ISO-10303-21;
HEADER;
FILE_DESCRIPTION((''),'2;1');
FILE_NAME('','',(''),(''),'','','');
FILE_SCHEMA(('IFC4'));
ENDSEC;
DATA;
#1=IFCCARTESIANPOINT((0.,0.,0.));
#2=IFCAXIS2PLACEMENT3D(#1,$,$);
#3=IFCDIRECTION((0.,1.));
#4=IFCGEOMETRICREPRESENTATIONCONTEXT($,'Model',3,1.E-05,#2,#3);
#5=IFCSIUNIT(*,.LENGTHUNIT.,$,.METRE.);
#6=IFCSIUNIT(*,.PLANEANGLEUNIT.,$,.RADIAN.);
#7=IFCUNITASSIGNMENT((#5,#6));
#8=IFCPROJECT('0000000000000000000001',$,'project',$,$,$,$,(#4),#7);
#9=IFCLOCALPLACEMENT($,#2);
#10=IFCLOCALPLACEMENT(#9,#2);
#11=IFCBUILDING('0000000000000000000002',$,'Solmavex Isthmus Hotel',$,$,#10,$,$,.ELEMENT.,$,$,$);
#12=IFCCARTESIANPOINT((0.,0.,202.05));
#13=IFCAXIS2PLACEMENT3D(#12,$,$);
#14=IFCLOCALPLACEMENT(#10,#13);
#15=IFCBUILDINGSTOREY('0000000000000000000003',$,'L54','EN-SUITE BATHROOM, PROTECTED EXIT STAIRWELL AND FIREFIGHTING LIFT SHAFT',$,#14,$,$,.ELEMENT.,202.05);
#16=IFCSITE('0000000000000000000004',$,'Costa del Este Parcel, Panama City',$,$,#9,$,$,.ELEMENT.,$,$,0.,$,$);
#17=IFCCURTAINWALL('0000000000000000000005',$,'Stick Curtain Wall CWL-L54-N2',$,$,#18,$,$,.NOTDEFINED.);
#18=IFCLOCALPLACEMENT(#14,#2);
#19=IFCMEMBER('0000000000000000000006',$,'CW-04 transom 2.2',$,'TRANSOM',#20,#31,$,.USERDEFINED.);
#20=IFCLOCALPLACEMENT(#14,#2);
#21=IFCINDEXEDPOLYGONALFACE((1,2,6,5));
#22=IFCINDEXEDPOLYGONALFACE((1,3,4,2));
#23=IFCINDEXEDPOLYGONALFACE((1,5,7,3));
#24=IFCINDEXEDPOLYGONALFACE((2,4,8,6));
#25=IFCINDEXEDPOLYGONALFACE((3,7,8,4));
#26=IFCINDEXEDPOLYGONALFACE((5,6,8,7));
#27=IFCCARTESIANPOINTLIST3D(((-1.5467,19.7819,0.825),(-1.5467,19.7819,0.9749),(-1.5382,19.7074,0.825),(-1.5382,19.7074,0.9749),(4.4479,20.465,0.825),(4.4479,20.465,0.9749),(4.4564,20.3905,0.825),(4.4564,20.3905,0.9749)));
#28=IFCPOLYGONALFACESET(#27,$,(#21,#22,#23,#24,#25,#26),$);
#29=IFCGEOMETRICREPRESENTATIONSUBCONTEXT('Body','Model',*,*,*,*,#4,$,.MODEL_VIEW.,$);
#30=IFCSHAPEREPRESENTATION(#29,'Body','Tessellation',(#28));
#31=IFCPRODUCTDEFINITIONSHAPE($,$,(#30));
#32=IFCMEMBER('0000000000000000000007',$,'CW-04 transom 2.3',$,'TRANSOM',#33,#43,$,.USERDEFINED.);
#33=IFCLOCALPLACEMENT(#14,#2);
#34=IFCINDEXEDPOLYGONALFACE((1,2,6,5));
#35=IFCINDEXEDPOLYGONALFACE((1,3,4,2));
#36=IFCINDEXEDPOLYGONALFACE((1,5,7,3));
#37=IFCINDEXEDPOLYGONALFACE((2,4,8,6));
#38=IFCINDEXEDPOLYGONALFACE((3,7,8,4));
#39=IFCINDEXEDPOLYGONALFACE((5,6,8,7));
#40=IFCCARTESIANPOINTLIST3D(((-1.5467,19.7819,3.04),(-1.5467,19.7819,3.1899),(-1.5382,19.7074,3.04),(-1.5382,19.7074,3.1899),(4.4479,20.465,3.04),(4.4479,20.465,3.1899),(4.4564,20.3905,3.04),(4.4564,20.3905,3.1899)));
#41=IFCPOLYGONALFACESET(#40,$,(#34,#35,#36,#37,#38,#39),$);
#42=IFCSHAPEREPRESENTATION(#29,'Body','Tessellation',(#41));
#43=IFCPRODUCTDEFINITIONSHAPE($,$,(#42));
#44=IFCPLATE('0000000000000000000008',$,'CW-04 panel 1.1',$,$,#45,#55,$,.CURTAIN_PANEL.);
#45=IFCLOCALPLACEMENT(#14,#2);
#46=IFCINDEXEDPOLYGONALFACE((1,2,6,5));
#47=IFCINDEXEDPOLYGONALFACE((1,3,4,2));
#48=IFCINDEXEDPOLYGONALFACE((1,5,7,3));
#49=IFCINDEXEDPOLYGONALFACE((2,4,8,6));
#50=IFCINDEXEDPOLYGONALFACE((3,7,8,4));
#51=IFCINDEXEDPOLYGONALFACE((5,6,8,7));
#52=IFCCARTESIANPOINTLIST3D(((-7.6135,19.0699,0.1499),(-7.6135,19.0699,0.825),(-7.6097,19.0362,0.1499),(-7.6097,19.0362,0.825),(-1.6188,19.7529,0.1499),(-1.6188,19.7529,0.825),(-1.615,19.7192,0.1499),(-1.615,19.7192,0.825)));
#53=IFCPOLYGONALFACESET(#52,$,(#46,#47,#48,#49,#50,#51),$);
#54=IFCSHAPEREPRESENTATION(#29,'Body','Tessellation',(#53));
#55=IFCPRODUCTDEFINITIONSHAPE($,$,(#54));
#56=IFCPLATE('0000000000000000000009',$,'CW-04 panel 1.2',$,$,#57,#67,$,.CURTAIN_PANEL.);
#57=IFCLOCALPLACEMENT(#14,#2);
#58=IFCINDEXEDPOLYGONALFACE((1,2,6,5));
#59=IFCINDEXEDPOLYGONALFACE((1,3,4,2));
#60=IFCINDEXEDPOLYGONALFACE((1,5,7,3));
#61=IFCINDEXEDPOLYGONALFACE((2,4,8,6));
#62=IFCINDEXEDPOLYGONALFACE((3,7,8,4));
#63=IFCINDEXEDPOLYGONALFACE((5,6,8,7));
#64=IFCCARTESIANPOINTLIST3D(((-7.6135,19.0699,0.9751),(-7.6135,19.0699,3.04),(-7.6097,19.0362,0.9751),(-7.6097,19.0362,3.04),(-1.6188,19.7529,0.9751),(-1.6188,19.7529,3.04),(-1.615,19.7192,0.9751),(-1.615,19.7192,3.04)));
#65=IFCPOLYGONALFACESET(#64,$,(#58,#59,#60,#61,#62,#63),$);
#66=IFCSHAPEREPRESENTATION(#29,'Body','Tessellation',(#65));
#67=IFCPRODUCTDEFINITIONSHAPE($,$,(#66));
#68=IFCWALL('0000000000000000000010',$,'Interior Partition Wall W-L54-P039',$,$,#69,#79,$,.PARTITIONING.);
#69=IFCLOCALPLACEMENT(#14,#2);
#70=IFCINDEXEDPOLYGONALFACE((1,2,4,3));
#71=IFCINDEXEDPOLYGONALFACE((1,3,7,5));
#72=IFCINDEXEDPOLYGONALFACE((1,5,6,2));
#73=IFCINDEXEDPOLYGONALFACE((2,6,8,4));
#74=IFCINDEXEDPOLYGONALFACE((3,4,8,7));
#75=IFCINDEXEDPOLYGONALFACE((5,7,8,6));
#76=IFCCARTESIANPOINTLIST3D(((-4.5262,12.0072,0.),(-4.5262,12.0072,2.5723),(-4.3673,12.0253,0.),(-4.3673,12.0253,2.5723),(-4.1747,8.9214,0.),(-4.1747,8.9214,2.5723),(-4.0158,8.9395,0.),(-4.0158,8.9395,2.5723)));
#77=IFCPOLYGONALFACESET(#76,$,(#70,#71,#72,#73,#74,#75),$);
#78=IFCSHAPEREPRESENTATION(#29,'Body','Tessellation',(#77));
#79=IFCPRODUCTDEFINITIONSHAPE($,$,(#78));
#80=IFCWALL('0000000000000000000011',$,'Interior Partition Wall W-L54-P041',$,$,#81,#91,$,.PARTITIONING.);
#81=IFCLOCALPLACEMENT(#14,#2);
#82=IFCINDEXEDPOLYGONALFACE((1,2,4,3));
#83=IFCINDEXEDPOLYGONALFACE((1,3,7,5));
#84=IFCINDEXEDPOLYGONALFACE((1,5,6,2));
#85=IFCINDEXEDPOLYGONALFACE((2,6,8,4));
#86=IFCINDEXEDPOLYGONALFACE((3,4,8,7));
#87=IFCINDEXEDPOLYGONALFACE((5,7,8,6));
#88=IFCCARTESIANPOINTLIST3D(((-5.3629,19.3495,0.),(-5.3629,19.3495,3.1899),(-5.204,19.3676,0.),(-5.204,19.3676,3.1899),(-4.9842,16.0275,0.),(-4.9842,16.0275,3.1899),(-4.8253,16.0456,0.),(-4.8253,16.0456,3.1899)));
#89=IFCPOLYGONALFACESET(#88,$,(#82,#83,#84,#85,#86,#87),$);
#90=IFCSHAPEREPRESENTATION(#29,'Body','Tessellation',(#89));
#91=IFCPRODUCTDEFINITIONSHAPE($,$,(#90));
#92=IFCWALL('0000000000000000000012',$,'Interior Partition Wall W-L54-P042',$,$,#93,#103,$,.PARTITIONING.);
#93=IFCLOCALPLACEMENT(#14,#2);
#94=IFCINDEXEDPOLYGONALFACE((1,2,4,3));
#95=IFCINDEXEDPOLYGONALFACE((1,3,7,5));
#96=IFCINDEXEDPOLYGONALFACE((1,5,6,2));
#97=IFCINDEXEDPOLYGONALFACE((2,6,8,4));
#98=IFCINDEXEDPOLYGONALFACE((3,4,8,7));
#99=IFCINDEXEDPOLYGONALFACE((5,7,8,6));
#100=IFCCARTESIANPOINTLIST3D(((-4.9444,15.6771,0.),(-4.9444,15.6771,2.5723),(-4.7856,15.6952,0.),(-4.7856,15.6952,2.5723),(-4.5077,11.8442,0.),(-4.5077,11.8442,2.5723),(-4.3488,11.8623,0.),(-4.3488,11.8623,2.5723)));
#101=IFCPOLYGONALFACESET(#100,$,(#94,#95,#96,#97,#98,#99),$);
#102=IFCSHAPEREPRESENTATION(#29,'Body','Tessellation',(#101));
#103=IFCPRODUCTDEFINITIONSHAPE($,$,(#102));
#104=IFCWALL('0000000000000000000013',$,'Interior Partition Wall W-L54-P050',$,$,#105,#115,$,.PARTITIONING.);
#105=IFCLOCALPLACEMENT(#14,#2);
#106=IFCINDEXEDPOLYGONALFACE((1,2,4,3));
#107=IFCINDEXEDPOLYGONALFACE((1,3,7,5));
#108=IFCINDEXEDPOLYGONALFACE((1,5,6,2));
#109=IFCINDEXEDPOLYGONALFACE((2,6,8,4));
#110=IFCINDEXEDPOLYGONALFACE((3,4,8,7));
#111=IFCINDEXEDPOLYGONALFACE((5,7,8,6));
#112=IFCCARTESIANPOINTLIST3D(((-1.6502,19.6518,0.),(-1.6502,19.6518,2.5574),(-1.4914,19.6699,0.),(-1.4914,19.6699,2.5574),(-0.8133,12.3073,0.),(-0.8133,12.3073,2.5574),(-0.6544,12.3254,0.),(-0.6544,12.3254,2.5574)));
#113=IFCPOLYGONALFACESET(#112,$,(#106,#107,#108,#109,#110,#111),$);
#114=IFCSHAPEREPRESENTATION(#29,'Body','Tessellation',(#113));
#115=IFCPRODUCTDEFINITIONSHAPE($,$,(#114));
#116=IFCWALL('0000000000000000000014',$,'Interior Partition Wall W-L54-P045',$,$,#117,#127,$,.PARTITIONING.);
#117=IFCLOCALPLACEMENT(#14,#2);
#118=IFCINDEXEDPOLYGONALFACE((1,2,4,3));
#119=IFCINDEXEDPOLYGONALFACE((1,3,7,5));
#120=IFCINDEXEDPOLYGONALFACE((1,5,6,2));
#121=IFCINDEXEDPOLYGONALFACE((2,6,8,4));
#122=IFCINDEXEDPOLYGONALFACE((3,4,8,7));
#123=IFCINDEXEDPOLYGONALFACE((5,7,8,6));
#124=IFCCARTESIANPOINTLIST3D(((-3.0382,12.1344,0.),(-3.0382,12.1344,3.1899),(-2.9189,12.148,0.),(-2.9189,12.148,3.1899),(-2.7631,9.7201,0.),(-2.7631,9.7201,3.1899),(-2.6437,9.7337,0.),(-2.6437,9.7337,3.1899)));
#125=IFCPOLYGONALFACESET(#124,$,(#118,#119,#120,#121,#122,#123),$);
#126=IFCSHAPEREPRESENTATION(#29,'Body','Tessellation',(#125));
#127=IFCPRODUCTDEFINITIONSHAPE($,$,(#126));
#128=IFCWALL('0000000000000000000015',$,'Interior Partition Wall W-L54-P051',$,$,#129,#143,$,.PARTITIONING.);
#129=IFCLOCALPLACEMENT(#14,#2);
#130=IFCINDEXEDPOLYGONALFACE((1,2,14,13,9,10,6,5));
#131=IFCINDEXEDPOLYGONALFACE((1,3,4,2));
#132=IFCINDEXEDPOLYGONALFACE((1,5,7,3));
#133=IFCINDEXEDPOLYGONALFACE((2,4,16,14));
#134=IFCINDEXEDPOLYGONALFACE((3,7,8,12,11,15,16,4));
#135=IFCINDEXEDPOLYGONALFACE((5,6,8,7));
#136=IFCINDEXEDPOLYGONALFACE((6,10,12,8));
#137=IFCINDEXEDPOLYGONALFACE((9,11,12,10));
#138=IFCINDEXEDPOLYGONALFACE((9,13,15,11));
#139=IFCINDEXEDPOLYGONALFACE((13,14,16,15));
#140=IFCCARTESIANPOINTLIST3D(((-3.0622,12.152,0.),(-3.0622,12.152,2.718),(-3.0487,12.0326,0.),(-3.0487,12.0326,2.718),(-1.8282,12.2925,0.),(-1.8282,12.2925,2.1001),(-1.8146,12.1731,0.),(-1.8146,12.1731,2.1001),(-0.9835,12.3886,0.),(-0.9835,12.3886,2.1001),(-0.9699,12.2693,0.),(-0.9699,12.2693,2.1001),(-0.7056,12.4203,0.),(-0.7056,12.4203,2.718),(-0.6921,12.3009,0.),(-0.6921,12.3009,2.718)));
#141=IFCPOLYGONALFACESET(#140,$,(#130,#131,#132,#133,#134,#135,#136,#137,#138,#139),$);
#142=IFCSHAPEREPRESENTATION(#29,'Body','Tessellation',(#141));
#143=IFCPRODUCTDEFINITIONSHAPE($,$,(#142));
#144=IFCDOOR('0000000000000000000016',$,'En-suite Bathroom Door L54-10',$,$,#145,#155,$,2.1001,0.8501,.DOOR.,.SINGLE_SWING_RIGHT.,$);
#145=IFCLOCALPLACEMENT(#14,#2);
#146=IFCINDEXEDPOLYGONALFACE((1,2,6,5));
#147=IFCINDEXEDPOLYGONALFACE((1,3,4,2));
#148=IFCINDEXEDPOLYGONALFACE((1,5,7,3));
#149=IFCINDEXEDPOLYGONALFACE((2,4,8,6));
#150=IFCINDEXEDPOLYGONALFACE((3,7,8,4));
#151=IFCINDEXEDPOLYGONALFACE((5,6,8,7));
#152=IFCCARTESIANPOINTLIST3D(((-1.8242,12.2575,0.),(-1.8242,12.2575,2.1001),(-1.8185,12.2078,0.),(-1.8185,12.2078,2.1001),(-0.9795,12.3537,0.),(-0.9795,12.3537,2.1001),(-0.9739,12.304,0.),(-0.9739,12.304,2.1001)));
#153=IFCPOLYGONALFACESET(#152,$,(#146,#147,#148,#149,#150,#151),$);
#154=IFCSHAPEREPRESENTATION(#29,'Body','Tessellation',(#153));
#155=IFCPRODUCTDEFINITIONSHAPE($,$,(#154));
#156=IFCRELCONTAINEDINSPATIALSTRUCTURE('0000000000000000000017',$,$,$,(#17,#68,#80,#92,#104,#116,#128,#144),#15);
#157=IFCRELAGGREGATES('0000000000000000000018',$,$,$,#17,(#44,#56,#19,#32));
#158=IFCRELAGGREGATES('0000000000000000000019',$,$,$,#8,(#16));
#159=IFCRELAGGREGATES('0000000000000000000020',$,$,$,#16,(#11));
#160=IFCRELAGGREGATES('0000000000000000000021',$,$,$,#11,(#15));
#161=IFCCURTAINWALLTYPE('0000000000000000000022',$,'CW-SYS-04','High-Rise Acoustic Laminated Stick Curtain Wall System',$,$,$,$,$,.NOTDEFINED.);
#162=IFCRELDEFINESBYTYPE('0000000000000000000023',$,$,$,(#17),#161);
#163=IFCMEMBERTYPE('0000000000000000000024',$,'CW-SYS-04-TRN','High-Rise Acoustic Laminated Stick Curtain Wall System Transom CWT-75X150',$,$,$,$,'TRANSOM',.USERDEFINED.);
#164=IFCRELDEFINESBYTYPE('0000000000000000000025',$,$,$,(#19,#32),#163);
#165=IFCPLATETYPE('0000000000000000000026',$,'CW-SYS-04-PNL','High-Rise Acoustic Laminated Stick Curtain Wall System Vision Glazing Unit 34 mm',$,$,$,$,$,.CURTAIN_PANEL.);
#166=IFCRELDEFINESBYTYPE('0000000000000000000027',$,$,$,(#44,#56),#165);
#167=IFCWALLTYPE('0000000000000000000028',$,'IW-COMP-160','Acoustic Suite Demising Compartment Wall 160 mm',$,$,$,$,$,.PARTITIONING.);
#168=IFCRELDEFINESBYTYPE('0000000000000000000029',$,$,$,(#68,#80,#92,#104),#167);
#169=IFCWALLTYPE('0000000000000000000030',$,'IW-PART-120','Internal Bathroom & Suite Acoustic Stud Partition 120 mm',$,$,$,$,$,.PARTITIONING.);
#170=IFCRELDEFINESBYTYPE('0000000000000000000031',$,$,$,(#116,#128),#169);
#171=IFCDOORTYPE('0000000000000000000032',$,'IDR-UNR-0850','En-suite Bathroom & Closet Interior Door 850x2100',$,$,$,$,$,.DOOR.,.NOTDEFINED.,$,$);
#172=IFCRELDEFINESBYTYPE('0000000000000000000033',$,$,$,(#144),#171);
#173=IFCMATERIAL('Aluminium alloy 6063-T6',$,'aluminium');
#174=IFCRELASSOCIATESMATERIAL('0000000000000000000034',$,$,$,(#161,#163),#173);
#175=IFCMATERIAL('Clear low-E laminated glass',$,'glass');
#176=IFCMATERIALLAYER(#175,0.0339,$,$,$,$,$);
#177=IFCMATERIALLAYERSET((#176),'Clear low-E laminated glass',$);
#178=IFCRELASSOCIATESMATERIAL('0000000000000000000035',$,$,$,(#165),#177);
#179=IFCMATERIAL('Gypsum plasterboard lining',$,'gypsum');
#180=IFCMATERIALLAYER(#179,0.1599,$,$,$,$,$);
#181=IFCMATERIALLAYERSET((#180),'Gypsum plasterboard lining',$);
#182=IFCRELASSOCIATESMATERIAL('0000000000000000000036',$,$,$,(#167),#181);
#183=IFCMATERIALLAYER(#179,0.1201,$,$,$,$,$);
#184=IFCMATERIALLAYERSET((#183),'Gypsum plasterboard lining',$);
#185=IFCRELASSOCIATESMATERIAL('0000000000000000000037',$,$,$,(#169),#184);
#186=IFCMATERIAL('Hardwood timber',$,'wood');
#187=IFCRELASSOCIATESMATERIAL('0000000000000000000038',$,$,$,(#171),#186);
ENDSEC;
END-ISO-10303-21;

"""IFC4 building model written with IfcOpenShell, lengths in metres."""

from ifc_helpers import new_model, si_unit, direction, frame, frame_2d, origin, origin_2d, place, context, subcontext, project, spatial, rectangle, extrude, material, layer, layer_set, material_profile, profile_set, type_object, element, fill, aggregate, save


model = new_model("IFC4")

# Units and contexts
model_context = context("Model", 3, precision=1e-05, world=origin(), true_north=direction((0.0, 1.0)))
body_context = subcontext(model_context, "Body", "Model", "MODEL_VIEW")
ifc_project = project(units=[si_unit("LENGTHUNIT", "METRE"), si_unit("PLANEANGLEUNIT", "RADIAN")], contexts=[model_context])

# Site, building, storey
site_placement = place(None, origin())
site = spatial("IfcSite", under=ifc_project, at=site_placement, Name="Costa del Este Parcel, Panama City", CompositionType="ELEMENT", RefElevation=0.0)
building_placement = place(site_placement, origin())
building = spatial("IfcBuilding", under=site, at=building_placement, Name="Solmavex Isthmus Hotel", CompositionType="ELEMENT")
storey_placement = place(building_placement, frame((0.0, 0.0, 202.05)))
storey = spatial("IfcBuildingStorey", under=building, at=storey_placement, Name="L54", Description="EN-SUITE BATHROOM, PROTECTED EXIT STAIRWELL AND FIREFIGHTING LIFT SHAFT", CompositionType="ELEMENT", Elevation=202.05)

# Shared definitions
ifc_material_1 = material(Name="Aluminium alloy 6063-T6", Category="aluminium")
curtain_wall_type = type_object("IfcCurtainWallType", Name="CW-SYS-04", Description="High-Rise Acoustic Laminated Stick Curtain Wall System", PredefinedType="NOTDEFINED", material=ifc_material_1)

# Curtain wall, members, plates
curtain_wall_1_placement = place(storey_placement, origin())
curtain_wall_1 = element("IfcCurtainWall", 1, at=curtain_wall_1_placement, inside=storey, type_object=curtain_wall_type, Name="Stick Curtain Wall CWL-L54-N2", PredefinedType="NOTDEFINED")
ifc_material_profile_1 = material_profile(ifc_material_1, rectangle(XDim=0.075, YDim=0.1499, at=origin_2d()), Name="CWT-75X150")
ifc_profile_set_1 = profile_set([ifc_material_profile_1], Name="Aluminium alloy 6063-T6")
member_type_1 = type_object("IfcMemberType", Name="CW-SYS-04-TRN", Description="High-Rise Acoustic Laminated Stick Curtain Wall System Transom CWT-75X150", ElementType="TRANSOM", PredefinedType="USERDEFINED", material=ifc_profile_set_1)
member_1_placement = place(storey_placement, frame((-1.5425, 19.7446, 0.8999), z_axis=(0.99357, 0.11322, 0.0), x_axis=(-0.11322, 0.99357, 0.0)))
member_1 = element("IfcMember", 2, at=member_1_placement, type_object=member_type_1, Name="CW-04 transom 2.2", ObjectType="TRANSOM", PredefinedType="USERDEFINED", context=body_context, shape_type="SweptSolid", body=[
    extrude(rectangle(XDim=0.075, YDim=0.1499, at=origin_2d()), origin(), (0.0, 0.0, 1.0), 6.0334),
])
member_2_placement = place(storey_placement, frame((-1.5425, 19.7446, 3.115), z_axis=(0.99357, 0.11322, 0.0), x_axis=(-0.11322, 0.99357, 0.0)))
member_2 = element("IfcMember", 3, at=member_2_placement, type_object=member_type_1, Name="CW-04 transom 2.3", ObjectType="TRANSOM", PredefinedType="USERDEFINED", context=body_context, shape_type="SweptSolid", body=[
    extrude(rectangle(XDim=0.075, YDim=0.1499, at=origin_2d()), origin(), (0.0, 0.0, 1.0), 6.0334),
])
ifc_material_2 = material(Name="Clear low-E laminated glass", Category="glass")
ifc_layer_1 = layer(ifc_material_2, 0.0339)
ifc_layer_set_1 = layer_set([ifc_layer_1], Name="Clear low-E laminated glass")
plate_type = type_object("IfcPlateType", Name="CW-SYS-04-PNL", Description="High-Rise Acoustic Laminated Stick Curtain Wall System Vision Glazing Unit 34 mm", PredefinedType="CURTAIN_PANEL", material=ifc_layer_set_1)
plate_1_placement = place(storey_placement, frame((-4.6143, 19.3945, 0.1499), z_axis=(0.0, 0.0, 1.0), x_axis=(0.993572, 0.113203, 0.0)))
plate_1 = element("IfcPlate", 4, at=plate_1_placement, type_object=plate_type, Name="CW-04 panel 1.1", PredefinedType="CURTAIN_PANEL", context=body_context, shape_type="SweptSolid", body=[
    extrude(rectangle(XDim=6.0334, YDim=0.0339, at=origin_2d()), origin(), (0.0, 0.0, 1.0), 0.675),
])
plate_2_placement = place(storey_placement, frame((-4.6143, 19.3945, 0.9751), z_axis=(0.0, 0.0, 1.0), x_axis=(0.993572, 0.113203, 0.0)))
plate_2 = element("IfcPlate", 5, at=plate_2_placement, type_object=plate_type, Name="CW-04 panel 1.2", PredefinedType="CURTAIN_PANEL", context=body_context, shape_type="SweptSolid", body=[
    extrude(rectangle(XDim=6.0334, YDim=0.0339, at=origin_2d()), origin(), (0.0, 0.0, 1.0), 2.0649),
])
aggregate(curtain_wall_1, [plate_1, plate_2, member_1, member_2])

# Walls
ifc_material_3 = material(Name="Gypsum plasterboard lining", Category="gypsum")
ifc_layer_2 = layer(ifc_material_3, 0.1599)
ifc_layer_set_2 = layer_set([ifc_layer_2], Name="Gypsum plasterboard lining")
wall_type_1 = type_object("IfcWallType", Name="IW-COMP-160", Description="Acoustic Suite Demising Compartment Wall 160 mm", PredefinedType="PARTITIONING", material=ifc_layer_set_2)
wall_1_placement = place(storey_placement, frame((-4.4468, 12.0161, 0.0), z_axis=(0.0, 0.0, 1.0), x_axis=(0.113201, -0.993572, 0.0)))
element("IfcWall", 6, at=wall_1_placement, inside=storey, type_object=wall_type_1, Name="Interior Partition Wall W-L54-P039", PredefinedType="PARTITIONING", context=body_context, shape_type="SweptSolid", body=[
    extrude(rectangle(XDim=3.1057, YDim=0.1599, at=frame_2d((1.5527, 0.0))), origin(), (0.0, 0.0, 1.0), 2.5723),
])
wall_2_placement = place(storey_placement, frame((-5.2834, 19.3586, 0.0), z_axis=(0.0, 0.0, 1.0), x_axis=(0.113252, -0.993566, 0.0)))
element("IfcWall", 7, at=wall_2_placement, inside=storey, type_object=wall_type_1, Name="Interior Partition Wall W-L54-P041", PredefinedType="PARTITIONING", context=body_context, shape_type="SweptSolid", body=[
    extrude(rectangle(XDim=3.3435, YDim=0.1599, at=frame_2d((1.6719, 0.0))), origin(), (0.0, 0.0, 1.0), 3.1899),
])
wall_3_placement = place(storey_placement, frame((-4.865, 15.686, 0.0), z_axis=(0.0, 0.0, 1.0), x_axis=(0.113224, -0.99357, 0.0)))
element("IfcWall", 8, at=wall_3_placement, inside=storey, type_object=wall_type_1, Name="Interior Partition Wall W-L54-P042", PredefinedType="PARTITIONING", context=body_context, shape_type="SweptSolid", body=[
    extrude(rectangle(XDim=3.8577, YDim=0.1599, at=frame_2d((1.9287, 0.0))), origin(), (0.0, 0.0, 1.0), 2.5723),
])

# Shared definitions
ifc_material_4 = material(Name="Hardwood timber", Category="wood")

# Walls
wall_4_placement = place(storey_placement, frame((-1.5708, 19.6609, 0.0), z_axis=(0.0, 0.0, 1.0), x_axis=(0.113219, -0.99357, 0.0)))
element("IfcWall", 9, at=wall_4_placement, inside=storey, type_object=wall_type_1, Name="Interior Partition Wall W-L54-P050", PredefinedType="PARTITIONING", context=body_context, shape_type="SweptSolid", body=[
    extrude(rectangle(XDim=7.3921, YDim=0.1599, at=frame_2d((3.696, 0.0))), origin(), (0.0, 0.0, 1.0), 2.5574),
])
ifc_layer_3 = layer(ifc_material_3, 0.1201)
ifc_layer_set_3 = layer_set([ifc_layer_3], Name="Gypsum plasterboard lining")
wall_type_2 = type_object("IfcWallType", Name="IW-PART-120", Description="Internal Bathroom & Suite Acoustic Stud Partition 120 mm", PredefinedType="PARTITIONING", material=ifc_layer_set_3)
wall_5_placement = place(storey_placement, frame((-2.9785, 12.1411, 0.0), z_axis=(0.0, 0.0, 1.0), x_axis=(0.113232, -0.993569, 0.0)))
element("IfcWall", 10, at=wall_5_placement, inside=storey, type_object=wall_type_2, Name="Interior Partition Wall W-L54-P045", PredefinedType="PARTITIONING", context=body_context, shape_type="SweptSolid", body=[
    extrude(rectangle(XDim=2.4299, YDim=0.1201, at=frame_2d((1.2148, 0.0))), origin(), (0.0, 0.0, 1.0), 3.1899),
])

# Wall, opening, door
wall_6_placement = place(storey_placement, frame((-0.6987, 12.3606, 0.0), z_axis=(0.0, 0.0, 1.0), x_axis=(-0.993581, -0.11312, 0.0)))
wall_6 = element("IfcWall", 11, at=wall_6_placement, inside=storey, type_object=wall_type_2, Name="Interior Partition Wall W-L54-P051", PredefinedType="PARTITIONING", context=body_context, shape_type="SweptSolid", body=[
    extrude(rectangle(XDim=2.3718, YDim=0.1201, at=frame_2d((1.186, 0.0))), origin(), (0.0, 0.0, 1.0), 2.718),
])
opening_1_placement = place(wall_6_placement, frame((0.2798, 0.0, 0.0)))
opening_1 = element("IfcOpeningElement", 12, at=opening_1_placement, cuts=wall_6, PredefinedType="OPENING", context=body_context, shape_type="SweptSolid", body=[
    extrude(rectangle(XDim=0.8501, YDim=2.1001, at=frame_2d((0.425, 1.05))), frame((0.0, 0.0701, 0.0), z_axis=(0.0, -1.0, 0.0), x_axis=(1.0, 0.0, 0.0)), (0.0, 0.0, 1.0), 0.1401),
])
door_type_1 = type_object("IfcDoorType", Name="IDR-UNR-0850", Description="En-suite Bathroom & Closet Interior Door 850x2100", OperationType="NOTDEFINED", PredefinedType="DOOR", material=ifc_material_4)
door_1_placement = place(opening_1_placement, frame((0.8501, 0.0, 0.0), z_axis=(0.0, 0.0, 1.0), x_axis=(-1.0, 0.0, 0.0)))
door_1 = element("IfcDoor", 13, at=door_1_placement, inside=storey, type_object=door_type_1, Name="En-suite Bathroom Door L54-10", OperationType="SINGLE_SWING_RIGHT", OverallHeight=2.1001, OverallWidth=0.8501, PredefinedType="DOOR", context=body_context, shape_type="SweptSolid", body=[
    extrude(rectangle(XDim=0.8501, YDim=2.1001, at=frame_2d((0.425, 1.05))), frame((0.0, 0.0249, 0.0), z_axis=(0.0, -1.0, 0.0), x_axis=(1.0, 0.0, 0.0)), (0.0, 0.0, 1.0), 0.05),
])
fill(opening_1, door_1)

save(model, "model.ifc")
